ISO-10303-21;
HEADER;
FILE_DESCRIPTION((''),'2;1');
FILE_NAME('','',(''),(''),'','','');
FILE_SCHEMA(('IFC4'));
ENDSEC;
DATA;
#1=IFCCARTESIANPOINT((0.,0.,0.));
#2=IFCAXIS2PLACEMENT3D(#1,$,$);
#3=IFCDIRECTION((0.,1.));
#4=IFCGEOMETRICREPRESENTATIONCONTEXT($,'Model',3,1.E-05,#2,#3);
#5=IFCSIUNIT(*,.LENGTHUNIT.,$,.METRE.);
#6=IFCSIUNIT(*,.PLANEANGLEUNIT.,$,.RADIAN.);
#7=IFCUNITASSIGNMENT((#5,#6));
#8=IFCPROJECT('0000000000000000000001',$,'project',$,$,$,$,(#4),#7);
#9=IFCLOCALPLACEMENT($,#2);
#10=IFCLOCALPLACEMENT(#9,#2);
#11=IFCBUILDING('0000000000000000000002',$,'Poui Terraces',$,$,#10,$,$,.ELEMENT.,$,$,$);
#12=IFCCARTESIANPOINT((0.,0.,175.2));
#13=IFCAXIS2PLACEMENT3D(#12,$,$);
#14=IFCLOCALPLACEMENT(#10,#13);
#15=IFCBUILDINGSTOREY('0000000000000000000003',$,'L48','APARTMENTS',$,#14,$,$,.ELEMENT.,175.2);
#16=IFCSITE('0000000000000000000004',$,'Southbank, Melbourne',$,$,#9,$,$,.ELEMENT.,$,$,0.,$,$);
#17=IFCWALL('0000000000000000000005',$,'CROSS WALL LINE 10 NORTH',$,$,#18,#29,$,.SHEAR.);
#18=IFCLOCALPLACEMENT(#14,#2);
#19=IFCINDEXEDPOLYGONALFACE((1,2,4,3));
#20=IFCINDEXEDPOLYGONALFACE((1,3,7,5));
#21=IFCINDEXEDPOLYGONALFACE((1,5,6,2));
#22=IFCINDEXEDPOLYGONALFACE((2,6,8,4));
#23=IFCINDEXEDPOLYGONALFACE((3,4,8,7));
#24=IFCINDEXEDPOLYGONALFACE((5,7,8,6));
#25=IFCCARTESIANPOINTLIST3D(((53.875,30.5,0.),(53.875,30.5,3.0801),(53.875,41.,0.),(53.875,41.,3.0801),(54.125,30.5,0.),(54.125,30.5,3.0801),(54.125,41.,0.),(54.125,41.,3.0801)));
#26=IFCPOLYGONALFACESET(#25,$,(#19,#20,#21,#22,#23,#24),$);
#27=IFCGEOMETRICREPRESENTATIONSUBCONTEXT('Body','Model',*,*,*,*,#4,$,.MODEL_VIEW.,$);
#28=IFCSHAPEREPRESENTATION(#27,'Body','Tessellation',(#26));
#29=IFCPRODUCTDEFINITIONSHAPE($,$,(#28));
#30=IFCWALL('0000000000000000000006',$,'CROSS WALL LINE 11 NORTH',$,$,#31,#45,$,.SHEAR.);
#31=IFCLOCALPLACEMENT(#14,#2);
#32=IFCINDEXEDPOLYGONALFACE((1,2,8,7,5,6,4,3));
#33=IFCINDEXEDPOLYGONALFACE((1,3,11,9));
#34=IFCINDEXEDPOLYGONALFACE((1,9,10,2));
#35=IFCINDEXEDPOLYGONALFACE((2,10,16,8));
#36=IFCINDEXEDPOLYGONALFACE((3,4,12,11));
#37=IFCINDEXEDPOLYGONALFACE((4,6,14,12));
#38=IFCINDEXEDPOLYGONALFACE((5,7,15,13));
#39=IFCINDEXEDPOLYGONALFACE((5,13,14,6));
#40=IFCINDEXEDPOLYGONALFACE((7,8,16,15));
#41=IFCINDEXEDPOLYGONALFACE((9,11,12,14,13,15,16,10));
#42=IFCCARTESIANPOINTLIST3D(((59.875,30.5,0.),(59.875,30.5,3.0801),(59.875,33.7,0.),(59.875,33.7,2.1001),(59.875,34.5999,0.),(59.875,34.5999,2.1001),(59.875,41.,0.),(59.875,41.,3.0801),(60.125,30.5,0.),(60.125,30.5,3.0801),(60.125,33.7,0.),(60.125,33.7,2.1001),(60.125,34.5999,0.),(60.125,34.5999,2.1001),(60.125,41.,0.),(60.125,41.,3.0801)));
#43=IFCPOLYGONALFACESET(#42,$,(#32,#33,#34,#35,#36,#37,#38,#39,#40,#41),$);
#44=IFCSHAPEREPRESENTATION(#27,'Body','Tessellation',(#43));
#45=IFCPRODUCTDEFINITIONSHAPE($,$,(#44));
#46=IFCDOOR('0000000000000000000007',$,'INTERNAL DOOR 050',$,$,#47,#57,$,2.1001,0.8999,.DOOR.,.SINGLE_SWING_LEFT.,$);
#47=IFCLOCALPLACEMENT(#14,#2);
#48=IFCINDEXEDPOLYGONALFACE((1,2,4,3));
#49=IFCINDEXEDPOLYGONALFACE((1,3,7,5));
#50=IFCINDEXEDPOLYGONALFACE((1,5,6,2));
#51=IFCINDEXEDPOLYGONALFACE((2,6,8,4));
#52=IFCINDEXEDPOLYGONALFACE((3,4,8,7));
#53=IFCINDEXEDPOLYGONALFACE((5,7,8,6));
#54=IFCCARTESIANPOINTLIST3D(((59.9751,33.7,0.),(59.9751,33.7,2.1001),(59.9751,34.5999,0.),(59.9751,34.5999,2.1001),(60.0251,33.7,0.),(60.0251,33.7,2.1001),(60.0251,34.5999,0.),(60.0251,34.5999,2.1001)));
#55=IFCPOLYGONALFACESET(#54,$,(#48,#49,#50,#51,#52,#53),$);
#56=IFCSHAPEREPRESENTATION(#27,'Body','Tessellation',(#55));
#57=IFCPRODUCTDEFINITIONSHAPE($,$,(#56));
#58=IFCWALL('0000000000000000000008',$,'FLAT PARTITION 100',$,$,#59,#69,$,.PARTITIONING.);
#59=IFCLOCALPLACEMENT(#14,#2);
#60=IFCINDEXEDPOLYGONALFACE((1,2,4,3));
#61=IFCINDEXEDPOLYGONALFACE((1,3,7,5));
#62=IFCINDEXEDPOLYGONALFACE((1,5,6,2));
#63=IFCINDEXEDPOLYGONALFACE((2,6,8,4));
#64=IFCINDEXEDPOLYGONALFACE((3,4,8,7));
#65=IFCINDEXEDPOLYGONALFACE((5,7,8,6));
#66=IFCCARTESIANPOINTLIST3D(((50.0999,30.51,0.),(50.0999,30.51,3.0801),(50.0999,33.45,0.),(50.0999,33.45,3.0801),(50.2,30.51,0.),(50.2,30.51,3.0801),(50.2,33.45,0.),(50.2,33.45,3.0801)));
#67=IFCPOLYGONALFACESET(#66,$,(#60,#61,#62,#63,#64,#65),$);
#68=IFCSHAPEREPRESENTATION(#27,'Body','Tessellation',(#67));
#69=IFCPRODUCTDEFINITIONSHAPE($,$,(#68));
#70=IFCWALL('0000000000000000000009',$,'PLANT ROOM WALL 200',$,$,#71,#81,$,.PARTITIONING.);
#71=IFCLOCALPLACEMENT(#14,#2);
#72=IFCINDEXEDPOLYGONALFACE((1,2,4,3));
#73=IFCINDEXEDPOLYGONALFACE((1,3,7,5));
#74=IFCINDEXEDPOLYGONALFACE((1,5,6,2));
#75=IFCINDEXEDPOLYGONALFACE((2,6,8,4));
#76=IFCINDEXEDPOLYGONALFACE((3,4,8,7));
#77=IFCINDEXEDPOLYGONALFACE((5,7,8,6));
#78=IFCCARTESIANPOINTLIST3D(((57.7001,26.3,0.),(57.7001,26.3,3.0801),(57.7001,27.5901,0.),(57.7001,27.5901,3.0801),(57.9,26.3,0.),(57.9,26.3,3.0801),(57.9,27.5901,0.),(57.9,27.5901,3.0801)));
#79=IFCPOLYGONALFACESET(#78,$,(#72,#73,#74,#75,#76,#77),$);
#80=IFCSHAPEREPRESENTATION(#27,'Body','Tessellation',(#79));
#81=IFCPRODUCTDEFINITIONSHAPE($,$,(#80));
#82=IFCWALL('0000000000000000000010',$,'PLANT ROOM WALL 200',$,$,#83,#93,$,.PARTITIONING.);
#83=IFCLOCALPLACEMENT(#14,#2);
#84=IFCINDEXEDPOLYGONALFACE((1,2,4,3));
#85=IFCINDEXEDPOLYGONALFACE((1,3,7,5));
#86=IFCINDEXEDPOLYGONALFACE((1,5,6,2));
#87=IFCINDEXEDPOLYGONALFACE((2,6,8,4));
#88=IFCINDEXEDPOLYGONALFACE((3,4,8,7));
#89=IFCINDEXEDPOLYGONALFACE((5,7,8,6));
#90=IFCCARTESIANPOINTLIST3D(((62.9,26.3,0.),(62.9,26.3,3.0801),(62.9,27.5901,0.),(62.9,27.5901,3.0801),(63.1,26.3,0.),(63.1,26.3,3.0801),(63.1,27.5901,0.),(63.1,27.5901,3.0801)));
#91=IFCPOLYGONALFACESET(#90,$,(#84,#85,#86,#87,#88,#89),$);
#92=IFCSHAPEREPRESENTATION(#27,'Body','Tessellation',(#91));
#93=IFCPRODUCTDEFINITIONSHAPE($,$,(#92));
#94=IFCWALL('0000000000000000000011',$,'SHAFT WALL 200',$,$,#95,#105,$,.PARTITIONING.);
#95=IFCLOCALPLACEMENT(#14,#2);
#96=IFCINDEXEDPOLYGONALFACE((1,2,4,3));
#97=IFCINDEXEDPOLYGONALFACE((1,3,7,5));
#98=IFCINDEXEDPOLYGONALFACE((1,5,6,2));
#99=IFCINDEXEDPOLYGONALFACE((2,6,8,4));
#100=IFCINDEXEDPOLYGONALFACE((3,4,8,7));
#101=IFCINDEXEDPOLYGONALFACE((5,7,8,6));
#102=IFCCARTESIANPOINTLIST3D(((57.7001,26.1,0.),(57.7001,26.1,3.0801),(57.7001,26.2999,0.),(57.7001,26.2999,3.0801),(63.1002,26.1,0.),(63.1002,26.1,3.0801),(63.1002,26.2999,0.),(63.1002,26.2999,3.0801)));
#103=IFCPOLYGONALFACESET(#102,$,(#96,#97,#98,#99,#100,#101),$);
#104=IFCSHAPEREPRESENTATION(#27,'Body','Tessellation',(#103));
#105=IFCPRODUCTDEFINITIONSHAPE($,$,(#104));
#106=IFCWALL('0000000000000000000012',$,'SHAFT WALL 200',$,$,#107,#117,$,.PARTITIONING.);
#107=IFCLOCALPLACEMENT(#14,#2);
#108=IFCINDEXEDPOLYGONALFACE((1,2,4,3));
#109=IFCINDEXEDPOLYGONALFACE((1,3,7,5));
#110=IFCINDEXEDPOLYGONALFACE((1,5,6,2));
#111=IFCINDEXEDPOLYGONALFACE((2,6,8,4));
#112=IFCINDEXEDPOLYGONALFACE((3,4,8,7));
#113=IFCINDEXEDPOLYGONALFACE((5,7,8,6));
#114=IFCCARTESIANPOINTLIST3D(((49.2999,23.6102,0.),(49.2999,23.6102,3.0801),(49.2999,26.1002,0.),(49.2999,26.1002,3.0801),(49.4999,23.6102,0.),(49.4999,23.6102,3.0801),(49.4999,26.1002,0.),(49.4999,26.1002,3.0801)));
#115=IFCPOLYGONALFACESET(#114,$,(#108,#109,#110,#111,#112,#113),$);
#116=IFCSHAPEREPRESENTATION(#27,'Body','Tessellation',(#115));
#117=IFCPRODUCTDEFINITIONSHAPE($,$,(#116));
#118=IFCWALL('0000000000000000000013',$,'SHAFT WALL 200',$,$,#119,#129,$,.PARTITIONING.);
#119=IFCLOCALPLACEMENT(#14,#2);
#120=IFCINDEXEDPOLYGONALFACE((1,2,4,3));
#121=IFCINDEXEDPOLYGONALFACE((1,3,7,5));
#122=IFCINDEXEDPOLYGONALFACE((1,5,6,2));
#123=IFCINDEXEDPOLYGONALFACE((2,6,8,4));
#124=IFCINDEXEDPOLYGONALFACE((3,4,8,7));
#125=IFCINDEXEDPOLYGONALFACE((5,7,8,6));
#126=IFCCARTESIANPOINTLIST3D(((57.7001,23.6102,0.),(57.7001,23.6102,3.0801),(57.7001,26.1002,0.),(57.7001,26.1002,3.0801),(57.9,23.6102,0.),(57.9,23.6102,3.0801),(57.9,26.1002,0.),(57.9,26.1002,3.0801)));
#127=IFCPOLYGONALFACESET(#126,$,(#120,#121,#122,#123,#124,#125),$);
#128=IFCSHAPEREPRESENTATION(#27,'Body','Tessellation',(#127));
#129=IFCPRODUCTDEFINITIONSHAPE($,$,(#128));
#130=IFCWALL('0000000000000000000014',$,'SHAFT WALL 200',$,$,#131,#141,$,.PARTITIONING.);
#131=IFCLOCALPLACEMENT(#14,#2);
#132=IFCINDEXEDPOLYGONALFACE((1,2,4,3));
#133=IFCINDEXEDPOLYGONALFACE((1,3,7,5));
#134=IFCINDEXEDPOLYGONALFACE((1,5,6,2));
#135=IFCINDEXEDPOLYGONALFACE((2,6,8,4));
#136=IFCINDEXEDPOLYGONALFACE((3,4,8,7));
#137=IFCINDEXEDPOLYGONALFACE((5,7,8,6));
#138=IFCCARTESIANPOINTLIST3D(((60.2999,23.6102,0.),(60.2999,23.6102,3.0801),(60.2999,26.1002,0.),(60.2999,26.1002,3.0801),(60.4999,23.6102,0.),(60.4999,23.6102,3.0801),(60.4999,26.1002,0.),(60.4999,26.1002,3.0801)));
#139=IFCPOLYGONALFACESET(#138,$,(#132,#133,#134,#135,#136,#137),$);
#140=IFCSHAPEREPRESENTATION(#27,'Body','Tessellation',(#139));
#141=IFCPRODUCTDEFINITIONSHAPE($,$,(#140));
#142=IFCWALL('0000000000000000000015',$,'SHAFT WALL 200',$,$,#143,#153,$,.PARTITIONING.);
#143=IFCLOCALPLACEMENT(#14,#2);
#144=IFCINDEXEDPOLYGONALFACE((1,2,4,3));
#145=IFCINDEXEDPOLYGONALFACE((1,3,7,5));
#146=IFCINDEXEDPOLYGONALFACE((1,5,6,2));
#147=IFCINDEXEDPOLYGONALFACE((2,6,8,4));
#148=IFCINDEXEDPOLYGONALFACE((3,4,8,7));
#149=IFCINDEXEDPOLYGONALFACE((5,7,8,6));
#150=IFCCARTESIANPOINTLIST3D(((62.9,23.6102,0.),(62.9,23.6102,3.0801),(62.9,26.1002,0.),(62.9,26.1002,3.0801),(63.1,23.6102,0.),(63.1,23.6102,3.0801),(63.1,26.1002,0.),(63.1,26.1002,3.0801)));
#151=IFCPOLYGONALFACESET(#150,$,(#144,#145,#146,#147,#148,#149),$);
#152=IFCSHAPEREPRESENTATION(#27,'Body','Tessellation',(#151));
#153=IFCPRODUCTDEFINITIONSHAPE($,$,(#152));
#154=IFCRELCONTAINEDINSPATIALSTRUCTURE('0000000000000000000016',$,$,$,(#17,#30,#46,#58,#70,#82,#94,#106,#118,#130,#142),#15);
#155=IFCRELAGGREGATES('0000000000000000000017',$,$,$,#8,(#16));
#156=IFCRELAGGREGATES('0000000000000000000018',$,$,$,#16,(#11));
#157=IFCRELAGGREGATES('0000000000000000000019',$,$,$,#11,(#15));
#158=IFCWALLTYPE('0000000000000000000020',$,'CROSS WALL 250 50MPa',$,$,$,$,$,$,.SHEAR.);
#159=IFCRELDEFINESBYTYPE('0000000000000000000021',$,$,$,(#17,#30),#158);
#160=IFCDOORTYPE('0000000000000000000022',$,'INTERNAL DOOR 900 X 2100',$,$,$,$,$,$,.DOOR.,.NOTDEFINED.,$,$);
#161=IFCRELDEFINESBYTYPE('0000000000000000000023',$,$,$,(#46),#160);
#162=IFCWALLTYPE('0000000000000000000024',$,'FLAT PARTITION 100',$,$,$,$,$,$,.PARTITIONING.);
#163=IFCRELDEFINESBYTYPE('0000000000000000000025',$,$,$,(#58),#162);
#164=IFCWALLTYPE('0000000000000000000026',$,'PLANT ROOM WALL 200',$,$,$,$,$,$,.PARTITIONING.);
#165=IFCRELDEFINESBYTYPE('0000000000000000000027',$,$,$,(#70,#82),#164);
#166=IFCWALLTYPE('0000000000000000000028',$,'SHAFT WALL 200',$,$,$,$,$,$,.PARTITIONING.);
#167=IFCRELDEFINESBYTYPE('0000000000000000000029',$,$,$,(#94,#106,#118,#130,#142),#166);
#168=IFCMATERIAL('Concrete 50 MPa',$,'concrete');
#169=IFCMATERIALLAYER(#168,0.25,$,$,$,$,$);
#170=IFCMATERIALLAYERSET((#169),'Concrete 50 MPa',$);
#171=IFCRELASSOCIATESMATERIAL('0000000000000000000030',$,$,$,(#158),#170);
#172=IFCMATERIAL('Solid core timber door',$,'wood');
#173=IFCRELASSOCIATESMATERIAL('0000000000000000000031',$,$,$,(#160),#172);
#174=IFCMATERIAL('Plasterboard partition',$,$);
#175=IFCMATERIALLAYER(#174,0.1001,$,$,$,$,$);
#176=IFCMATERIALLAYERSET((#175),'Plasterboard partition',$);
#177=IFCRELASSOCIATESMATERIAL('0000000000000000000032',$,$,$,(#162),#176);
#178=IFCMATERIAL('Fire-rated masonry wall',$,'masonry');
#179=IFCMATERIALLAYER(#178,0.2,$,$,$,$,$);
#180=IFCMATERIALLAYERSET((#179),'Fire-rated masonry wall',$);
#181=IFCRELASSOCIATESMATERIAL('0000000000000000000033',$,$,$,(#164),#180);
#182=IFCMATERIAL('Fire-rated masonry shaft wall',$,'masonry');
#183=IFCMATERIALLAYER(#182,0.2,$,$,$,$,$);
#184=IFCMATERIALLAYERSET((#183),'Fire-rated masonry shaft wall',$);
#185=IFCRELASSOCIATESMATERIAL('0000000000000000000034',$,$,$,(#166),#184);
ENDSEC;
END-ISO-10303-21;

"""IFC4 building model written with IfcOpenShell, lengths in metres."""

from ifc_helpers import new_model, si_unit, direction, frame, frame_2d, origin, place, context, subcontext, project, spatial, rectangle, extrude, material, layer, layer_set, type_object, element, fill, save


model = new_model("IFC4")

# Units and contexts
model_context = context("Model", 3, precision=1e-05, world=origin(), true_north=direction((0.0, 1.0)))
body_context = subcontext(model_context, "Body", "Model", "MODEL_VIEW")
ifc_project = project(units=[si_unit("LENGTHUNIT", "METRE"), si_unit("PLANEANGLEUNIT", "RADIAN")], contexts=[model_context])

# Site, building, storey
site_placement = place(None, origin())
site = spatial("IfcSite", under=ifc_project, at=site_placement, Name="Southbank, Melbourne", CompositionType="ELEMENT", RefElevation=0.0)
building_placement = place(site_placement, origin())
building = spatial("IfcBuilding", under=site, at=building_placement, Name="Poui Terraces", CompositionType="ELEMENT")
storey_placement = place(building_placement, frame((0.0, 0.0, 175.2)))
storey = spatial("IfcBuildingStorey", under=building, at=storey_placement, Name="L48", Description="APARTMENTS", CompositionType="ELEMENT", Elevation=175.2)

# Shared definitions
ifc_material_1 = material(Name="Concrete 50 MPa", Category="concrete")

# Shared definitions
ifc_layer_1 = layer(ifc_material_1, 0.25)
ifc_layer_set_1 = layer_set([ifc_layer_1], Name="Concrete 50 MPa")
wall_type_1 = type_object("IfcWallType", Name="CROSS WALL 250 50MPa", PredefinedType="SHEAR", material=ifc_layer_set_1)
ifc_material_2 = material(Name="Solid core timber door", Category="wood")
door_type_1 = type_object("IfcDoorType", Name="INTERNAL DOOR 900 X 2100", OperationType="NOTDEFINED", PredefinedType="DOOR", material=ifc_material_2)

# Wall
wall_1_placement = place(storey_placement, frame((54.0, 30.5, 0.0), z_axis=(0.0, 0.0, 1.0), x_axis=(0.0, 1.0, 0.0)))
element("IfcWall", 1, at=wall_1_placement, inside=storey, type_object=wall_type_1, Name="CROSS WALL LINE 10 NORTH", PredefinedType="SHEAR", context=body_context, shape_type="SweptSolid", body=[
    extrude(rectangle(XDim=10.5, YDim=0.25, at=frame_2d((5.25, 0.0))), origin(), (0.0, 0.0, 1.0), 3.0801),
])

# Wall, opening, door
wall_2_placement = place(storey_placement, frame((60.0, 30.5, 0.0), z_axis=(0.0, 0.0, 1.0), x_axis=(0.0, 1.0, 0.0)))
wall_2 = element("IfcWall", 2, at=wall_2_placement, inside=storey, type_object=wall_type_1, Name="CROSS WALL LINE 11 NORTH", PredefinedType="SHEAR", context=body_context, shape_type="SweptSolid", body=[
    extrude(rectangle(XDim=10.5, YDim=0.25, at=frame_2d((5.25, 0.0))), origin(), (0.0, 0.0, 1.0), 3.0801),
])
opening_1_placement = place(wall_2_placement, frame((3.2, 0.0, 0.0)))
opening_1 = element("IfcOpeningElement", 3, at=opening_1_placement, cuts=wall_2, PredefinedType="OPENING", context=body_context, shape_type="SweptSolid", body=[
    extrude(rectangle(XDim=0.8999, YDim=2.1001, at=frame_2d((0.45, 1.05))), frame((0.0, 0.135, 0.0), z_axis=(0.0, -1.0, 0.0), x_axis=(1.0, 0.0, 0.0)), (0.0, 0.0, 1.0), 0.27),
])
door_1_placement = place(opening_1_placement, origin())
door_1 = element("IfcDoor", 4, at=door_1_placement, inside=storey, type_object=door_type_1, Name="INTERNAL DOOR 050", OperationType="SINGLE_SWING_LEFT", OverallHeight=2.1001, OverallWidth=0.8999, PredefinedType="DOOR", context=body_context, shape_type="SweptSolid", body=[
    extrude(rectangle(XDim=0.8999, YDim=2.1001, at=frame_2d((0.45, 1.05))), frame((0.0, 0.0249, 0.0), z_axis=(0.0, -1.0, 0.0), x_axis=(1.0, 0.0, 0.0)), (0.0, 0.0, 1.0), 0.05),
])
fill(opening_1, door_1)

# Walls
ifc_material_3 = material(Name="Plasterboard partition")
ifc_layer_2 = layer(ifc_material_3, 0.1001)
ifc_layer_set_2 = layer_set([ifc_layer_2], Name="Plasterboard partition")
wall_type_2 = type_object("IfcWallType", Name="FLAT PARTITION 100", PredefinedType="PARTITIONING", material=ifc_layer_set_2)
wall_3_placement = place(storey_placement, frame((50.1499, 30.51, 0.0), z_axis=(0.0, 0.0, 1.0), x_axis=(0.0, 1.0, 0.0)))
element("IfcWall", 5, at=wall_3_placement, inside=storey, type_object=wall_type_2, Name="FLAT PARTITION 100", PredefinedType="PARTITIONING", context=body_context, shape_type="SweptSolid", body=[
    extrude(rectangle(XDim=2.9399, YDim=0.1001, at=frame_2d((1.47, 0.0))), origin(), (0.0, 0.0, 1.0), 3.0801),
])
ifc_material_4 = material(Name="Fire-rated masonry wall", Category="masonry")
ifc_layer_3 = layer(ifc_material_4, 0.2)
ifc_layer_set_3 = layer_set([ifc_layer_3], Name="Fire-rated masonry wall")
wall_type_3 = type_object("IfcWallType", Name="PLANT ROOM WALL 200", PredefinedType="PARTITIONING", material=ifc_layer_set_3)
for number, where, z_axis, x_axis, name in (
    (6, (57.8, 26.3, 0.0), (0.0, 0.0, 1.0), (0.0, 1.0, 0.0), "PLANT ROOM WALL 200"),
    (7, (63.0, 26.3, 0.0), (0.0, 0.0, 1.0), (0.0, 1.0, 0.0), "PLANT ROOM WALL 200"),
):
    element("IfcWall", number, at=place(storey_placement, frame(where, z_axis=z_axis, x_axis=x_axis)), inside=storey, type_object=wall_type_3, Name=name, PredefinedType="PARTITIONING", context=body_context, shape_type="SweptSolid", body=[
        extrude(rectangle(XDim=1.29, YDim=0.2, at=frame_2d((0.645, 0.0))), origin(), (0.0, 0.0, 1.0), 3.0801),
    ])
ifc_material_5 = material(Name="Fire-rated masonry shaft wall", Category="masonry")
ifc_layer_4 = layer(ifc_material_5, 0.2)
ifc_layer_set_4 = layer_set([ifc_layer_4], Name="Fire-rated masonry shaft wall")
wall_type_4 = type_object("IfcWallType", Name="SHAFT WALL 200", PredefinedType="PARTITIONING", material=ifc_layer_set_4)
wall_4_placement = place(storey_placement, frame((57.7, 26.2, 0.0), z_axis=(0.0, 0.0, 1.0), x_axis=(1.0, 0.0, 0.0)))
element("IfcWall", 8, at=wall_4_placement, inside=storey, type_object=wall_type_4, Name="SHAFT WALL 200", PredefinedType="PARTITIONING", context=body_context, shape_type="SweptSolid", body=[
    extrude(rectangle(XDim=5.4001, YDim=0.2, at=frame_2d((2.7002, 0.0))), origin(), (0.0, 0.0, 1.0), 3.0801),
])
for number, where, z_axis, x_axis, name in (
    (9, (49.3999, 23.6101, 0.0), (0.0, 0.0, 1.0), (0.0, 1.0, 0.0), "SHAFT WALL 200"),
    (10, (57.8, 23.6101, 0.0), (0.0, 0.0, 1.0), (0.0, 1.0, 0.0), "SHAFT WALL 200"),
    (11, (60.3999, 23.6101, 0.0), (0.0, 0.0, 1.0), (0.0, 1.0, 0.0), "SHAFT WALL 200"),
    (12, (63.0, 23.6101, 0.0), (0.0, 0.0, 1.0), (0.0, 1.0, 0.0), "SHAFT WALL 200"),
):
    element("IfcWall", number, at=place(storey_placement, frame(where, z_axis=z_axis, x_axis=x_axis)), inside=storey, type_object=wall_type_4, Name=name, PredefinedType="PARTITIONING", context=body_context, shape_type="SweptSolid", body=[
        extrude(rectangle(XDim=2.49, YDim=0.2, at=frame_2d((1.2451, 0.0))), origin(), (0.0, 0.0, 1.0), 3.0801),
    ])

save(model, "model.ifc")
